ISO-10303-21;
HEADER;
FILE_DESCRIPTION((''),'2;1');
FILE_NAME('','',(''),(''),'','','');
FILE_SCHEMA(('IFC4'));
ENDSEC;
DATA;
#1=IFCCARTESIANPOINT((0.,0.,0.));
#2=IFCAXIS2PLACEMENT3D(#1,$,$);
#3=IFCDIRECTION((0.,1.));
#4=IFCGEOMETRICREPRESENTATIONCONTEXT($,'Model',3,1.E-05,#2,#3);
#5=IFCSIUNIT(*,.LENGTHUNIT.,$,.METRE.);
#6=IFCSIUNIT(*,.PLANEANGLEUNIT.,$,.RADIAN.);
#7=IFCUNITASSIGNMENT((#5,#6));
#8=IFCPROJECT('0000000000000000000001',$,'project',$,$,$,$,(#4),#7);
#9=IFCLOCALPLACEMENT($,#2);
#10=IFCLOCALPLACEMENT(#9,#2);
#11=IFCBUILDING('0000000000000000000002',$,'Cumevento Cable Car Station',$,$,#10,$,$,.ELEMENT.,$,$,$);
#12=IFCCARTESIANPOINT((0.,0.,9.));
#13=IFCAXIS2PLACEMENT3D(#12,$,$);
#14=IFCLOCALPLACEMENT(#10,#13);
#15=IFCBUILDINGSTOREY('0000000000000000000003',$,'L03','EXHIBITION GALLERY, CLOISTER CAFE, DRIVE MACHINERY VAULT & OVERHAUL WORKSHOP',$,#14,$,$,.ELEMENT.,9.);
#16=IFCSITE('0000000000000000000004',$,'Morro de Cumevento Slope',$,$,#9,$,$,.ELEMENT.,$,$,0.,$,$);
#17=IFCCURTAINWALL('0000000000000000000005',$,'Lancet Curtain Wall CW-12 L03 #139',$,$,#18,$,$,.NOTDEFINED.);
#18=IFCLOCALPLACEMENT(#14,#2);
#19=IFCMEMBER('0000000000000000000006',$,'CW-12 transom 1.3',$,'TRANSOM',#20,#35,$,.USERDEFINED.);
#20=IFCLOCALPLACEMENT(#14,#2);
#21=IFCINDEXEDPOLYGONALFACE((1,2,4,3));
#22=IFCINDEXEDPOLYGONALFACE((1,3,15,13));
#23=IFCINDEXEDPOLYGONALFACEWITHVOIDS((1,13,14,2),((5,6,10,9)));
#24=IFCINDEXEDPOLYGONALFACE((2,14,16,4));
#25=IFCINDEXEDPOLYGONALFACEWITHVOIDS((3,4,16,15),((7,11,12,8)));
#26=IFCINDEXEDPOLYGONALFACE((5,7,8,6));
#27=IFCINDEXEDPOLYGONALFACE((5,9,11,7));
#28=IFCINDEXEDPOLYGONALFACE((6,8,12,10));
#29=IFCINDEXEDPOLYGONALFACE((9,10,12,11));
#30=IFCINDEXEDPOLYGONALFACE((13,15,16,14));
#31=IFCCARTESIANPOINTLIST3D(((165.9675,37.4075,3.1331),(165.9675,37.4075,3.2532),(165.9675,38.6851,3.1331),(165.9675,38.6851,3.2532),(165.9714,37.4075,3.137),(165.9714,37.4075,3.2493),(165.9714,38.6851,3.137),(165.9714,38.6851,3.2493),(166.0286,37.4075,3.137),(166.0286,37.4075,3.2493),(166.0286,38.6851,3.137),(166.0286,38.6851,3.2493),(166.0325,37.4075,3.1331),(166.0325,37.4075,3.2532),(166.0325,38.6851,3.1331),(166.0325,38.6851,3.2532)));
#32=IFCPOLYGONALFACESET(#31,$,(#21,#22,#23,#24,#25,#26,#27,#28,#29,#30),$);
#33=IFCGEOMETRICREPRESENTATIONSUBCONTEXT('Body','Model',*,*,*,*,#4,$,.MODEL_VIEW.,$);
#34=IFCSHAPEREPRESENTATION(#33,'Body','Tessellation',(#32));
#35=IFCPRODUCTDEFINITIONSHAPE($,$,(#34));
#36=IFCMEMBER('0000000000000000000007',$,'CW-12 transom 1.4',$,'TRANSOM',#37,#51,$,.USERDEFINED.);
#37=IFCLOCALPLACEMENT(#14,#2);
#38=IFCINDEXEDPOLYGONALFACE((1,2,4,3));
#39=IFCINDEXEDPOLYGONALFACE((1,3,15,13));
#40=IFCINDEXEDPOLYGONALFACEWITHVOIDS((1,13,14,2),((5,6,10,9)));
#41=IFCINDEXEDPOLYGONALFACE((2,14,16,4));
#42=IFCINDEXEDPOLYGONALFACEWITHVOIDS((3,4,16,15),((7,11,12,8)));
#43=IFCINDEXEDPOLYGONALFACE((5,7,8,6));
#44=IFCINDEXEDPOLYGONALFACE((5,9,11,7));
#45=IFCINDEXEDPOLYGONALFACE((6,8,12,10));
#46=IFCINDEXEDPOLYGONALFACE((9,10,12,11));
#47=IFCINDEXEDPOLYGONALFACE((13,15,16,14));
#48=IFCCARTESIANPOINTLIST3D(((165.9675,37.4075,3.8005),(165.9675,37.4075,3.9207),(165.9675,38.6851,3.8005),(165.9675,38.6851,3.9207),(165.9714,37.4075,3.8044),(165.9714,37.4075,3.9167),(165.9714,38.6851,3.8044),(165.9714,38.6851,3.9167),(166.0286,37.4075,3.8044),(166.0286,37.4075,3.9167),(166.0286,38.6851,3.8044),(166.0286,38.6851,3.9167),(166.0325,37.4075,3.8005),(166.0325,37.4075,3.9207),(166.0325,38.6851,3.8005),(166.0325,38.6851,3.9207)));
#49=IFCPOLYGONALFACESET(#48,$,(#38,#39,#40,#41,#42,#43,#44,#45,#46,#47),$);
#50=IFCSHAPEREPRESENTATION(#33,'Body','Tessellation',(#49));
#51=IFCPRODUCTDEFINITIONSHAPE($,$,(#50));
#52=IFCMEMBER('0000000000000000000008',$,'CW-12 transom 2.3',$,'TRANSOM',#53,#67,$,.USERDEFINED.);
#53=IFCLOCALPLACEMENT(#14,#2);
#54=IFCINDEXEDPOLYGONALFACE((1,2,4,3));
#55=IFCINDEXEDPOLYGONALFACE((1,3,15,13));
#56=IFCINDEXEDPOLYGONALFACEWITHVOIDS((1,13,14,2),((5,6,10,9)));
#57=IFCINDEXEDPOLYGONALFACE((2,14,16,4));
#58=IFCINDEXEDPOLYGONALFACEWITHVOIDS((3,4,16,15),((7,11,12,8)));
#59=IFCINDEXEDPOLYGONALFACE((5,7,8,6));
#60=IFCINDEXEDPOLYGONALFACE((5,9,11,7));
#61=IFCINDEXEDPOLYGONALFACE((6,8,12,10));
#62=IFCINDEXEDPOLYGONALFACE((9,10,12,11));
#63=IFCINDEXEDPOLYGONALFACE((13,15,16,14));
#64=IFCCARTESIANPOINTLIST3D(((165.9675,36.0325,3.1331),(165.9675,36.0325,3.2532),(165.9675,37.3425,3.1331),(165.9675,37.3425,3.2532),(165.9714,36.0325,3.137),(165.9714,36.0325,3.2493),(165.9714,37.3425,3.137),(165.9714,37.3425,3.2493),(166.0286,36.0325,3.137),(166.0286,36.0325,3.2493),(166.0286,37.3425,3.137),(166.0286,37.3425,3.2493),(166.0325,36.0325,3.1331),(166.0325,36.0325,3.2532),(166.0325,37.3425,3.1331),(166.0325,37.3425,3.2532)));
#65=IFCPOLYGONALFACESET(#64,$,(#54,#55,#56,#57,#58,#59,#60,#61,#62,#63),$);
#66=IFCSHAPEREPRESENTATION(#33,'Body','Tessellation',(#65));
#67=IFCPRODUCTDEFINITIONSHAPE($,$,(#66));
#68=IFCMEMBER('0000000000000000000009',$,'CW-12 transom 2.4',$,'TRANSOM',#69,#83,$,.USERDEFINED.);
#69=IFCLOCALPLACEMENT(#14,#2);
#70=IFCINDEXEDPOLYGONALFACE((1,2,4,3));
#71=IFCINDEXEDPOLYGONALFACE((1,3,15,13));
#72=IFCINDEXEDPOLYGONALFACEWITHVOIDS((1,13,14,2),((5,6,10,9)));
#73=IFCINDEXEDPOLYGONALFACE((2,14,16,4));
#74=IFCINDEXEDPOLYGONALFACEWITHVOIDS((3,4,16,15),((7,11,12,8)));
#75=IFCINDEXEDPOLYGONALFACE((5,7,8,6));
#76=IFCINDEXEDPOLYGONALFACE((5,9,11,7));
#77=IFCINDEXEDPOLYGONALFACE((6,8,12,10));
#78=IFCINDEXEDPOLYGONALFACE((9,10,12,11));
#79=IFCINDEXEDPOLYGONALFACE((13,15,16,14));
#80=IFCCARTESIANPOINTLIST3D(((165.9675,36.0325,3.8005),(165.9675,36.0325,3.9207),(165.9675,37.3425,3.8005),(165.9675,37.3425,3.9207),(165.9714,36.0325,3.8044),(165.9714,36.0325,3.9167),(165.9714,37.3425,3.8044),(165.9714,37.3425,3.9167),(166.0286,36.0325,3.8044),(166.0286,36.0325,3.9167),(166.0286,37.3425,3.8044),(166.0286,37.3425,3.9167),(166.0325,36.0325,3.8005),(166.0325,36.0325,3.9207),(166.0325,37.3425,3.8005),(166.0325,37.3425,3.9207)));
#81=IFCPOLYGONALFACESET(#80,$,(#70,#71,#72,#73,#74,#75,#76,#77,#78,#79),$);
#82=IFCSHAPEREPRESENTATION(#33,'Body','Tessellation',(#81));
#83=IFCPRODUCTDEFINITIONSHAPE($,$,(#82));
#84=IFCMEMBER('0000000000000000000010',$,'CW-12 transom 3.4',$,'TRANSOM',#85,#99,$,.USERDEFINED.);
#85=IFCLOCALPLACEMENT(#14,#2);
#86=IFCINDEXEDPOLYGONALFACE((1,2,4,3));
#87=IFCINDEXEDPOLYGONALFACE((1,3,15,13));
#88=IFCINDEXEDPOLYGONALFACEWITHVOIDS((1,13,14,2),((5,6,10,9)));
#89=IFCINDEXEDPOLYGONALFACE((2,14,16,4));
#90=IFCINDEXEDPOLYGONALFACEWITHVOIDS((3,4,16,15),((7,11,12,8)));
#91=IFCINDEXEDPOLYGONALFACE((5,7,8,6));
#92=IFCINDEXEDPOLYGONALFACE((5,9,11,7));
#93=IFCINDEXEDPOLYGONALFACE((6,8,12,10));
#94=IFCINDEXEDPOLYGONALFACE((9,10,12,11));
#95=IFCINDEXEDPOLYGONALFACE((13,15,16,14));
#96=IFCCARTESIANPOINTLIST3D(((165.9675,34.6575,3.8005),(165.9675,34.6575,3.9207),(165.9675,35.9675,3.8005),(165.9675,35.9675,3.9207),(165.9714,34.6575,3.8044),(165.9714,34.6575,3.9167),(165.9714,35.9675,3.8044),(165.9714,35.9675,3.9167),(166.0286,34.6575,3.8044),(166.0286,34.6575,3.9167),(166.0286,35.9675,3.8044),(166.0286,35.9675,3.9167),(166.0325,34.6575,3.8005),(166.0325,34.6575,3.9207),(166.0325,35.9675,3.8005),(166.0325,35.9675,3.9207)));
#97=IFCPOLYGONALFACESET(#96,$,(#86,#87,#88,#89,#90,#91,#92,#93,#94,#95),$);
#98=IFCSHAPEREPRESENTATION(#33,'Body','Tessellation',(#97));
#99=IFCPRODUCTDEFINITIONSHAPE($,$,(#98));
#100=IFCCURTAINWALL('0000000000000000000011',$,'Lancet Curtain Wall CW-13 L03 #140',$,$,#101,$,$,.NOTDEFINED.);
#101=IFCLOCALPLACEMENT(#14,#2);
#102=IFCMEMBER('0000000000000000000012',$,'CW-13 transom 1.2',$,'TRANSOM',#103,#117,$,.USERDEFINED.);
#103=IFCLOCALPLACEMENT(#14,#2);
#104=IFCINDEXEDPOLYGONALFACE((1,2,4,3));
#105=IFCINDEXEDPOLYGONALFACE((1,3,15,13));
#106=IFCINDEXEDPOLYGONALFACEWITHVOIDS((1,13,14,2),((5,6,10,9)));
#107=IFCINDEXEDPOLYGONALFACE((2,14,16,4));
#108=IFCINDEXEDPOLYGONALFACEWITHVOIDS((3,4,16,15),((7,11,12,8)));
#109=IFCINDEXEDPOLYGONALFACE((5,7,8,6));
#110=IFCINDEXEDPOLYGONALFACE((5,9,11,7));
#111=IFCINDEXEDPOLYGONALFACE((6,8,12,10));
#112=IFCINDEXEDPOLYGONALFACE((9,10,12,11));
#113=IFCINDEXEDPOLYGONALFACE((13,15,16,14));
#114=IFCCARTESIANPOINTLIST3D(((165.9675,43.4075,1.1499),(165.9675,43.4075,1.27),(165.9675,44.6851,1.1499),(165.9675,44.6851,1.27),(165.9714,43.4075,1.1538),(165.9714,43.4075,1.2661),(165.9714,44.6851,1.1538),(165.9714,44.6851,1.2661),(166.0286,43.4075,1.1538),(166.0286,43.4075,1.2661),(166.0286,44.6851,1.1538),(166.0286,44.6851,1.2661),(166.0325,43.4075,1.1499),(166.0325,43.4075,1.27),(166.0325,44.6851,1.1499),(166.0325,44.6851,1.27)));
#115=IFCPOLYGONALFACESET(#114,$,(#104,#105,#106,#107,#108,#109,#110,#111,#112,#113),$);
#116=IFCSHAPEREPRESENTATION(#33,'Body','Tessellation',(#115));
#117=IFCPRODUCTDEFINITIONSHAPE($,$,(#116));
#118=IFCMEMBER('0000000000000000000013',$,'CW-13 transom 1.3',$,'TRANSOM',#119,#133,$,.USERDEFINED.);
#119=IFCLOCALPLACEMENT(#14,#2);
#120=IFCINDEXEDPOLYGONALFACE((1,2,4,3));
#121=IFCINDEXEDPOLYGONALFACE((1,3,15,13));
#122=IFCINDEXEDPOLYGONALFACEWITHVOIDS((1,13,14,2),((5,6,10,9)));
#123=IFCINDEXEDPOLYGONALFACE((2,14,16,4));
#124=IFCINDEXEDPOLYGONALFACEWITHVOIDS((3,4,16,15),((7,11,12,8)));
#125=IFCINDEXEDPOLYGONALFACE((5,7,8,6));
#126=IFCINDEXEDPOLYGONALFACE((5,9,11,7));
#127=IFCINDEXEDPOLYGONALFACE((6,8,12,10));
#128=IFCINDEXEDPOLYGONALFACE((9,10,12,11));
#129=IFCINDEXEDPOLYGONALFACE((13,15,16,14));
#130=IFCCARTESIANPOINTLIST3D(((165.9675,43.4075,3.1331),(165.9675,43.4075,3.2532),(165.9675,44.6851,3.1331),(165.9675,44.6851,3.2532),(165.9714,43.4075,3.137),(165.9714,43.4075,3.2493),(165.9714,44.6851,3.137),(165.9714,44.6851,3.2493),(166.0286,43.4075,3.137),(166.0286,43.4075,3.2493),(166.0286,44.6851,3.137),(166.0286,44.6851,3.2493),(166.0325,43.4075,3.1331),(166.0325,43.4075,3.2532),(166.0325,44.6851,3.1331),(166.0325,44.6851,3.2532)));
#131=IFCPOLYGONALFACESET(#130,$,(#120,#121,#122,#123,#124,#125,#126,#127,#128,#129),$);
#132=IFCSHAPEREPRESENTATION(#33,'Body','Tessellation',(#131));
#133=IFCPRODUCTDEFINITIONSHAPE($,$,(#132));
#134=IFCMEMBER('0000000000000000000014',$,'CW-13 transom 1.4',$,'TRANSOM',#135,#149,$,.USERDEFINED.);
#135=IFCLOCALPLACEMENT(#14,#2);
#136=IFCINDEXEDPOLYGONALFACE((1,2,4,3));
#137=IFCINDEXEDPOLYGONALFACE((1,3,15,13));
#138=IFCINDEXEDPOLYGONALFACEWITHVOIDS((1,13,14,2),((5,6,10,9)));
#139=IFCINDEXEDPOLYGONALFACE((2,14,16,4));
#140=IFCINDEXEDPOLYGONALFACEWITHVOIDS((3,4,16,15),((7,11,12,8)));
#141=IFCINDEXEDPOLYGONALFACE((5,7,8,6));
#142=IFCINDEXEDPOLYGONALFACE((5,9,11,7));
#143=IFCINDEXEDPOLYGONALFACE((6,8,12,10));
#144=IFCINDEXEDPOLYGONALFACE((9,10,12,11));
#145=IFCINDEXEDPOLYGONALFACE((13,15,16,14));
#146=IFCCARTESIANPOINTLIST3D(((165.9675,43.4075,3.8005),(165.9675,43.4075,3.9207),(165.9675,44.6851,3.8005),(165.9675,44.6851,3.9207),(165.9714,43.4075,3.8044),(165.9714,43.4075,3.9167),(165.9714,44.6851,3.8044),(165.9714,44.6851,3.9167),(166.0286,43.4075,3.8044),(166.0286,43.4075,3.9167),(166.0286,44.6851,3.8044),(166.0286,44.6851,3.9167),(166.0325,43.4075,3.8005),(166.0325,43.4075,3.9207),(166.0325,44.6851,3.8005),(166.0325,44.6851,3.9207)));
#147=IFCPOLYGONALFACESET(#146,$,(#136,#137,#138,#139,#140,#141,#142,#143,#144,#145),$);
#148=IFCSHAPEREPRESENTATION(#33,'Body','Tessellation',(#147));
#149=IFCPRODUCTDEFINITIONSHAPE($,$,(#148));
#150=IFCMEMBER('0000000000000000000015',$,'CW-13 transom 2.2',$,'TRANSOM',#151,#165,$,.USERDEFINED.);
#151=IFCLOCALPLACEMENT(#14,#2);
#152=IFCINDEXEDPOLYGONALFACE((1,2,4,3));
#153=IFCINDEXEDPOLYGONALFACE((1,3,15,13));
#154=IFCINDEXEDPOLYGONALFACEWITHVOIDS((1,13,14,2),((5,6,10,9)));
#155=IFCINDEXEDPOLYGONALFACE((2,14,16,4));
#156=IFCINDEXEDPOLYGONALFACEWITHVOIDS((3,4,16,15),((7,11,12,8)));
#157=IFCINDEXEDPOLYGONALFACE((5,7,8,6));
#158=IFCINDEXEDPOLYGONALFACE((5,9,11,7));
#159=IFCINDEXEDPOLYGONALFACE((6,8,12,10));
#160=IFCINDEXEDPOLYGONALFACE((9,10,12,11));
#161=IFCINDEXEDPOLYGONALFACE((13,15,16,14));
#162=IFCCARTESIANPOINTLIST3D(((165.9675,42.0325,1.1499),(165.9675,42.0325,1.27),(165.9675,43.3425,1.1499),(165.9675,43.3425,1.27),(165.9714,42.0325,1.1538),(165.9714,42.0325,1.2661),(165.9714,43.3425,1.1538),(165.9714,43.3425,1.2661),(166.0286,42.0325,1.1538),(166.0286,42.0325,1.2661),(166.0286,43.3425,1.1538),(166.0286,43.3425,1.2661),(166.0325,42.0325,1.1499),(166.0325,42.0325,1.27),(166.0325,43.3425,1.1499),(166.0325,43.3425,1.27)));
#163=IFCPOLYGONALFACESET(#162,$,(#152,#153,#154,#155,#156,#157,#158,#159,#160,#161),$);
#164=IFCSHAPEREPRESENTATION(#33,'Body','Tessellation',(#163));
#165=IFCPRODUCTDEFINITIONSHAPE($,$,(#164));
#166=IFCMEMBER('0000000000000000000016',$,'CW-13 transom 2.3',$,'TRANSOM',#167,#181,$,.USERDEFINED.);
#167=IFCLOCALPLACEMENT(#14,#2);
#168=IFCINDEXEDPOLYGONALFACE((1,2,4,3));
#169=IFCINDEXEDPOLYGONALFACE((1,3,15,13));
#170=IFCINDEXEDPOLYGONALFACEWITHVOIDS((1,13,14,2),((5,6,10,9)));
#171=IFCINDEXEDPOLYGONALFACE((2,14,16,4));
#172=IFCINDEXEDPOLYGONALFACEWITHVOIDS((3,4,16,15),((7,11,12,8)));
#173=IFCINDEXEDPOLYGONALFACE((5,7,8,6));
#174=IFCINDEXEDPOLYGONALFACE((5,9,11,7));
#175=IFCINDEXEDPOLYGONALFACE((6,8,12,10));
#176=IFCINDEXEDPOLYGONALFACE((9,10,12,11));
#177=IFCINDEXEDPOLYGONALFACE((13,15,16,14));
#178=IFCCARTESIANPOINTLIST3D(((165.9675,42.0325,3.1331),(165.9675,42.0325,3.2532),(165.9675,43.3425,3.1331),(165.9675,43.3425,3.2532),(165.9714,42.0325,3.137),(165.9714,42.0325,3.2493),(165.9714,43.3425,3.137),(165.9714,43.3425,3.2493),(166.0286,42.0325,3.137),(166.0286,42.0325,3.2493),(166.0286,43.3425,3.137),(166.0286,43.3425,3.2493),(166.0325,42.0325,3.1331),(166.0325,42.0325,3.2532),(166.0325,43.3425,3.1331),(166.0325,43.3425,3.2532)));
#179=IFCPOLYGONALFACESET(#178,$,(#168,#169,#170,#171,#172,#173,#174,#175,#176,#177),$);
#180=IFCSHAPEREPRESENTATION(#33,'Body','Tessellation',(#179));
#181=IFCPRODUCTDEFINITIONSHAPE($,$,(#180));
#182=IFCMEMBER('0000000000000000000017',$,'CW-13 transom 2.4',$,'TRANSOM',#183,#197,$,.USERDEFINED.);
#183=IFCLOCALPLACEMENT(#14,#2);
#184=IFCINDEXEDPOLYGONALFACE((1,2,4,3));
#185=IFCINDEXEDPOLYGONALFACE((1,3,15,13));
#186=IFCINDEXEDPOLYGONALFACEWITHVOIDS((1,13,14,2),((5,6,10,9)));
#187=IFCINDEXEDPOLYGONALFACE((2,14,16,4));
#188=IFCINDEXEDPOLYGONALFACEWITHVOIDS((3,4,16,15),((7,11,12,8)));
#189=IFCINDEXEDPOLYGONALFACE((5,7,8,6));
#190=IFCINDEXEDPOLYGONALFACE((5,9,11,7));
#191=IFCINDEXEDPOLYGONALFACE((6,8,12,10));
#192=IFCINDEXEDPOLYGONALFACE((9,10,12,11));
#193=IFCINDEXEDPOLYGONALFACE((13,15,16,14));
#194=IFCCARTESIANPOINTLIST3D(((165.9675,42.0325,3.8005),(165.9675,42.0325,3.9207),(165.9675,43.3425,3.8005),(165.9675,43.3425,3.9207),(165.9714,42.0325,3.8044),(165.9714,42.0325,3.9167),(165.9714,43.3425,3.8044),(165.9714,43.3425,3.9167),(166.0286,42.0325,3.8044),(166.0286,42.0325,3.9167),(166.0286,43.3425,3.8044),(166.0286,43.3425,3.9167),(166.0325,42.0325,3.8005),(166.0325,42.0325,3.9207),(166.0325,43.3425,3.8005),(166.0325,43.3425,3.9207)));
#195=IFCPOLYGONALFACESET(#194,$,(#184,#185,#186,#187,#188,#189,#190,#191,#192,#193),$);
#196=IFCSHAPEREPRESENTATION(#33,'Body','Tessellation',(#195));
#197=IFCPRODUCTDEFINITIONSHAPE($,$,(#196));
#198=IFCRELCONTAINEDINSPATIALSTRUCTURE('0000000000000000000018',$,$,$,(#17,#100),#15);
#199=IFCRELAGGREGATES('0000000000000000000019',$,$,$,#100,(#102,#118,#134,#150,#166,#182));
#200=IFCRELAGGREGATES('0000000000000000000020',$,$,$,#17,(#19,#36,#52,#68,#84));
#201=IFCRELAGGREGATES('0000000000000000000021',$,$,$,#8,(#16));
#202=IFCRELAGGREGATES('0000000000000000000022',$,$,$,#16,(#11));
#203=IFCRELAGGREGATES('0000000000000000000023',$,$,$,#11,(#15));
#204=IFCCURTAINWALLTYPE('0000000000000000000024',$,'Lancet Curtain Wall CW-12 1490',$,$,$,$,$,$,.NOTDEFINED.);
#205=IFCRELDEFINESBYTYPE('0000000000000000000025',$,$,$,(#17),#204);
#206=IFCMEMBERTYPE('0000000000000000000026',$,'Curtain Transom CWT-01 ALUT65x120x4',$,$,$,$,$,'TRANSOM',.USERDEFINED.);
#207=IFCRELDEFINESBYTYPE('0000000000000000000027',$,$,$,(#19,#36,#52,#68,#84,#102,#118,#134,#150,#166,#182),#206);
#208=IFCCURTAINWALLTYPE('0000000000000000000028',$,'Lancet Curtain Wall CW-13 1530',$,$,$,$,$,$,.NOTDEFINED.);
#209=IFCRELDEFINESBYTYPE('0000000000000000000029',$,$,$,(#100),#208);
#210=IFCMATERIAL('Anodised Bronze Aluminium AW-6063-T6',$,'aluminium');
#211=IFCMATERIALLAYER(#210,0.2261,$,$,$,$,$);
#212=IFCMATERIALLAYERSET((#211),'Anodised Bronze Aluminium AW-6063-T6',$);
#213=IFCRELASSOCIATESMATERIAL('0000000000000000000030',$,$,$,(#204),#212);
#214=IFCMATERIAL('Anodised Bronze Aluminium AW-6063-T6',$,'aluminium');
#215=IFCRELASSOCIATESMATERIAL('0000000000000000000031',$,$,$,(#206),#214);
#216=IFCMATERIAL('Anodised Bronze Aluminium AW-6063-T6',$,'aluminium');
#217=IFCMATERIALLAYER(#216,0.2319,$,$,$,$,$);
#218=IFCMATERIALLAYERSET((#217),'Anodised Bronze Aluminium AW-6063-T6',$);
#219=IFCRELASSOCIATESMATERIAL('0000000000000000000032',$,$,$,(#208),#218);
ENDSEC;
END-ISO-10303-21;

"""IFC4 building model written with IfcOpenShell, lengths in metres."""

from ifc_helpers import new_model, si_unit, direction, frame, origin, origin_2d, place, context, subcontext, project, spatial, hollow_rectangle, extrude, material, layer, layer_set, material_profile, profile_set, type_object, element, aggregate, save


model = new_model("IFC4")

# Units and contexts
model_context = context("Model", 3, precision=1e-05, world=origin(), true_north=direction((0.0, 1.0)))
body_context = subcontext(model_context, "Body", "Model", "MODEL_VIEW")
ifc_project = project(units=[si_unit("LENGTHUNIT", "METRE"), si_unit("PLANEANGLEUNIT", "RADIAN")], contexts=[model_context])

# Site, building, storey
site_placement = place(None, origin())
site = spatial("IfcSite", under=ifc_project, at=site_placement, Name="Morro de Cumevento Slope", CompositionType="ELEMENT", RefElevation=0.0)
building_placement = place(site_placement, origin())
building = spatial("IfcBuilding", under=site, at=building_placement, Name="Cumevento Cable Car Station", CompositionType="ELEMENT")
storey_placement = place(building_placement, frame((0.0, 0.0, 9.0)))
storey = spatial("IfcBuildingStorey", under=building, at=storey_placement, Name="L03", Description="EXHIBITION GALLERY, CLOISTER CAFE, DRIVE MACHINERY VAULT & OVERHAUL WORKSHOP", CompositionType="ELEMENT", Elevation=9.0)

# Curtain walls, members
ifc_material_1 = material(Name="Anodised Bronze Aluminium AW-6063-T6", Category="aluminium")
ifc_layer_1 = layer(ifc_material_1, 0.2261)
ifc_layer_set_1 = layer_set([ifc_layer_1], Name="Anodised Bronze Aluminium AW-6063-T6")
curtain_wall_type_1 = type_object("IfcCurtainWallType", Name="Lancet Curtain Wall CW-12 1490", PredefinedType="NOTDEFINED", material=ifc_layer_set_1)
curtain_wall_1_placement = place(storey_placement, origin())
curtain_wall_1 = element("IfcCurtainWall", 1, at=curtain_wall_1_placement, inside=storey, type_object=curtain_wall_type_1, Name="Lancet Curtain Wall CW-12 L03 #139", PredefinedType="NOTDEFINED")
ifc_material_2 = material(Name="Anodised Bronze Aluminium AW-6063-T6", Category="aluminium")
ifc_material_profile_1 = material_profile(ifc_material_2, hollow_rectangle(XDim=0.0649, YDim=0.1201, WallThickness=0.0039, at=origin_2d()), Name="ALUT65x120x4")
ifc_profile_set_1 = profile_set([ifc_material_profile_1], Name="Anodised Bronze Aluminium AW-6063-T6")
member_type = type_object("IfcMemberType", Name="Curtain Transom CWT-01 ALUT65x120x4", ElementType="TRANSOM", PredefinedType="USERDEFINED", material=ifc_profile_set_1)
member_1_placement = place(storey_placement, frame((166.0, 38.6851, 3.1931), z_axis=(0.0, -1.0, 0.0), x_axis=(1.0, 0.0, 0.0)))
member_1 = element("IfcMember", 2, at=member_1_placement, type_object=member_type, Name="CW-12 transom 1.3", ObjectType="TRANSOM", PredefinedType="USERDEFINED", context=body_context, shape_type="SweptSolid", body=[
    extrude(hollow_rectangle(XDim=0.0649, YDim=0.1201, WallThickness=0.0039, at=origin_2d()), origin(), (0.0, 0.0, 1.0), 1.2776),
])
member_2_placement = place(storey_placement, frame((166.0, 38.6851, 3.8606), z_axis=(0.0, -1.0, 0.0), x_axis=(1.0, 0.0, 0.0)))
member_2 = element("IfcMember", 3, at=member_2_placement, type_object=member_type, Name="CW-12 transom 1.4", ObjectType="TRANSOM", PredefinedType="USERDEFINED", context=body_context, shape_type="SweptSolid", body=[
    extrude(hollow_rectangle(XDim=0.0649, YDim=0.1201, WallThickness=0.0039, at=origin_2d()), origin(), (0.0, 0.0, 1.0), 1.2776),
])
member_3_placement = place(storey_placement, frame((166.0, 37.3425, 3.1931), z_axis=(0.0, -1.0, 0.0), x_axis=(1.0, 0.0, 0.0)))
member_3 = element("IfcMember", 4, at=member_3_placement, type_object=member_type, Name="CW-12 transom 2.3", ObjectType="TRANSOM", PredefinedType="USERDEFINED", context=body_context, shape_type="SweptSolid", body=[
    extrude(hollow_rectangle(XDim=0.0649, YDim=0.1201, WallThickness=0.0039, at=origin_2d()), origin(), (0.0, 0.0, 1.0), 1.3101),
])
member_4_placement = place(storey_placement, frame((166.0, 37.3425, 3.8606), z_axis=(0.0, -1.0, 0.0), x_axis=(1.0, 0.0, 0.0)))
member_4 = element("IfcMember", 5, at=member_4_placement, type_object=member_type, Name="CW-12 transom 2.4", ObjectType="TRANSOM", PredefinedType="USERDEFINED", context=body_context, shape_type="SweptSolid", body=[
    extrude(hollow_rectangle(XDim=0.0649, YDim=0.1201, WallThickness=0.0039, at=origin_2d()), origin(), (0.0, 0.0, 1.0), 1.3101),
])
member_5_placement = place(storey_placement, frame((166.0, 35.9675, 3.8606), z_axis=(0.0, -1.0, 0.0), x_axis=(1.0, 0.0, 0.0)))
member_5 = element("IfcMember", 6, at=member_5_placement, type_object=member_type, Name="CW-12 transom 3.4", ObjectType="TRANSOM", PredefinedType="USERDEFINED", context=body_context, shape_type="SweptSolid", body=[
    extrude(hollow_rectangle(XDim=0.0649, YDim=0.1201, WallThickness=0.0039, at=origin_2d()), origin(), (0.0, 0.0, 1.0), 1.3101),
])
ifc_material_3 = material(Name="Anodised Bronze Aluminium AW-6063-T6", Category="aluminium")
ifc_layer_2 = layer(ifc_material_3, 0.2319)
ifc_layer_set_2 = layer_set([ifc_layer_2], Name="Anodised Bronze Aluminium AW-6063-T6")
curtain_wall_type_2 = type_object("IfcCurtainWallType", Name="Lancet Curtain Wall CW-13 1530", PredefinedType="NOTDEFINED", material=ifc_layer_set_2)
curtain_wall_2_placement = place(storey_placement, origin())
curtain_wall_2 = element("IfcCurtainWall", 7, at=curtain_wall_2_placement, inside=storey, type_object=curtain_wall_type_2, Name="Lancet Curtain Wall CW-13 L03 #140", PredefinedType="NOTDEFINED")
member_6_placement = place(storey_placement, frame((166.0, 44.6851, 1.21), z_axis=(0.0, -1.0, 0.0), x_axis=(1.0, 0.0, 0.0)))
member_6 = element("IfcMember", 8, at=member_6_placement, type_object=member_type, Name="CW-13 transom 1.2", ObjectType="TRANSOM", PredefinedType="USERDEFINED", context=body_context, shape_type="SweptSolid", body=[
    extrude(hollow_rectangle(XDim=0.0649, YDim=0.1201, WallThickness=0.0039, at=origin_2d()), origin(), (0.0, 0.0, 1.0), 1.2776),
])
member_7_placement = place(storey_placement, frame((166.0, 44.6851, 3.1931), z_axis=(0.0, -1.0, 0.0), x_axis=(1.0, 0.0, 0.0)))
member_7 = element("IfcMember", 9, at=member_7_placement, type_object=member_type, Name="CW-13 transom 1.3", ObjectType="TRANSOM", PredefinedType="USERDEFINED", context=body_context, shape_type="SweptSolid", body=[
    extrude(hollow_rectangle(XDim=0.0649, YDim=0.1201, WallThickness=0.0039, at=origin_2d()), origin(), (0.0, 0.0, 1.0), 1.2776),
])
member_8_placement = place(storey_placement, frame((166.0, 44.6851, 3.8606), z_axis=(0.0, -1.0, 0.0), x_axis=(1.0, 0.0, 0.0)))
member_8 = element("IfcMember", 10, at=member_8_placement, type_object=member_type, Name="CW-13 transom 1.4", ObjectType="TRANSOM", PredefinedType="USERDEFINED", context=body_context, shape_type="SweptSolid", body=[
    extrude(hollow_rectangle(XDim=0.0649, YDim=0.1201, WallThickness=0.0039, at=origin_2d()), origin(), (0.0, 0.0, 1.0), 1.2776),
])
member_9_placement = place(storey_placement, frame((166.0, 43.3425, 1.21), z_axis=(0.0, -1.0, 0.0), x_axis=(1.0, 0.0, 0.0)))
member_9 = element("IfcMember", 11, at=member_9_placement, type_object=member_type, Name="CW-13 transom 2.2", ObjectType="TRANSOM", PredefinedType="USERDEFINED", context=body_context, shape_type="SweptSolid", body=[
    extrude(hollow_rectangle(XDim=0.0649, YDim=0.1201, WallThickness=0.0039, at=origin_2d()), origin(), (0.0, 0.0, 1.0), 1.3101),
])
member_10_placement = place(storey_placement, frame((166.0, 43.3425, 3.1931), z_axis=(0.0, -1.0, 0.0), x_axis=(1.0, 0.0, 0.0)))
member_10 = element("IfcMember", 12, at=member_10_placement, type_object=member_type, Name="CW-13 transom 2.3", ObjectType="TRANSOM", PredefinedType="USERDEFINED", context=body_context, shape_type="SweptSolid", body=[
    extrude(hollow_rectangle(XDim=0.0649, YDim=0.1201, WallThickness=0.0039, at=origin_2d()), origin(), (0.0, 0.0, 1.0), 1.3101),
])
member_11_placement = place(storey_placement, frame((166.0, 43.3425, 3.8606), z_axis=(0.0, -1.0, 0.0), x_axis=(1.0, 0.0, 0.0)))
member_11 = element("IfcMember", 13, at=member_11_placement, type_object=member_type, Name="CW-13 transom 2.4", ObjectType="TRANSOM", PredefinedType="USERDEFINED", context=body_context, shape_type="SweptSolid", body=[
    extrude(hollow_rectangle(XDim=0.0649, YDim=0.1201, WallThickness=0.0039, at=origin_2d()), origin(), (0.0, 0.0, 1.0), 1.3101),
])

aggregate(curtain_wall_2, [member_6, member_7, member_8, member_9, member_10, member_11])
aggregate(curtain_wall_1, [member_1, member_2, member_3, member_4, member_5])

save(model, "model.ifc")
